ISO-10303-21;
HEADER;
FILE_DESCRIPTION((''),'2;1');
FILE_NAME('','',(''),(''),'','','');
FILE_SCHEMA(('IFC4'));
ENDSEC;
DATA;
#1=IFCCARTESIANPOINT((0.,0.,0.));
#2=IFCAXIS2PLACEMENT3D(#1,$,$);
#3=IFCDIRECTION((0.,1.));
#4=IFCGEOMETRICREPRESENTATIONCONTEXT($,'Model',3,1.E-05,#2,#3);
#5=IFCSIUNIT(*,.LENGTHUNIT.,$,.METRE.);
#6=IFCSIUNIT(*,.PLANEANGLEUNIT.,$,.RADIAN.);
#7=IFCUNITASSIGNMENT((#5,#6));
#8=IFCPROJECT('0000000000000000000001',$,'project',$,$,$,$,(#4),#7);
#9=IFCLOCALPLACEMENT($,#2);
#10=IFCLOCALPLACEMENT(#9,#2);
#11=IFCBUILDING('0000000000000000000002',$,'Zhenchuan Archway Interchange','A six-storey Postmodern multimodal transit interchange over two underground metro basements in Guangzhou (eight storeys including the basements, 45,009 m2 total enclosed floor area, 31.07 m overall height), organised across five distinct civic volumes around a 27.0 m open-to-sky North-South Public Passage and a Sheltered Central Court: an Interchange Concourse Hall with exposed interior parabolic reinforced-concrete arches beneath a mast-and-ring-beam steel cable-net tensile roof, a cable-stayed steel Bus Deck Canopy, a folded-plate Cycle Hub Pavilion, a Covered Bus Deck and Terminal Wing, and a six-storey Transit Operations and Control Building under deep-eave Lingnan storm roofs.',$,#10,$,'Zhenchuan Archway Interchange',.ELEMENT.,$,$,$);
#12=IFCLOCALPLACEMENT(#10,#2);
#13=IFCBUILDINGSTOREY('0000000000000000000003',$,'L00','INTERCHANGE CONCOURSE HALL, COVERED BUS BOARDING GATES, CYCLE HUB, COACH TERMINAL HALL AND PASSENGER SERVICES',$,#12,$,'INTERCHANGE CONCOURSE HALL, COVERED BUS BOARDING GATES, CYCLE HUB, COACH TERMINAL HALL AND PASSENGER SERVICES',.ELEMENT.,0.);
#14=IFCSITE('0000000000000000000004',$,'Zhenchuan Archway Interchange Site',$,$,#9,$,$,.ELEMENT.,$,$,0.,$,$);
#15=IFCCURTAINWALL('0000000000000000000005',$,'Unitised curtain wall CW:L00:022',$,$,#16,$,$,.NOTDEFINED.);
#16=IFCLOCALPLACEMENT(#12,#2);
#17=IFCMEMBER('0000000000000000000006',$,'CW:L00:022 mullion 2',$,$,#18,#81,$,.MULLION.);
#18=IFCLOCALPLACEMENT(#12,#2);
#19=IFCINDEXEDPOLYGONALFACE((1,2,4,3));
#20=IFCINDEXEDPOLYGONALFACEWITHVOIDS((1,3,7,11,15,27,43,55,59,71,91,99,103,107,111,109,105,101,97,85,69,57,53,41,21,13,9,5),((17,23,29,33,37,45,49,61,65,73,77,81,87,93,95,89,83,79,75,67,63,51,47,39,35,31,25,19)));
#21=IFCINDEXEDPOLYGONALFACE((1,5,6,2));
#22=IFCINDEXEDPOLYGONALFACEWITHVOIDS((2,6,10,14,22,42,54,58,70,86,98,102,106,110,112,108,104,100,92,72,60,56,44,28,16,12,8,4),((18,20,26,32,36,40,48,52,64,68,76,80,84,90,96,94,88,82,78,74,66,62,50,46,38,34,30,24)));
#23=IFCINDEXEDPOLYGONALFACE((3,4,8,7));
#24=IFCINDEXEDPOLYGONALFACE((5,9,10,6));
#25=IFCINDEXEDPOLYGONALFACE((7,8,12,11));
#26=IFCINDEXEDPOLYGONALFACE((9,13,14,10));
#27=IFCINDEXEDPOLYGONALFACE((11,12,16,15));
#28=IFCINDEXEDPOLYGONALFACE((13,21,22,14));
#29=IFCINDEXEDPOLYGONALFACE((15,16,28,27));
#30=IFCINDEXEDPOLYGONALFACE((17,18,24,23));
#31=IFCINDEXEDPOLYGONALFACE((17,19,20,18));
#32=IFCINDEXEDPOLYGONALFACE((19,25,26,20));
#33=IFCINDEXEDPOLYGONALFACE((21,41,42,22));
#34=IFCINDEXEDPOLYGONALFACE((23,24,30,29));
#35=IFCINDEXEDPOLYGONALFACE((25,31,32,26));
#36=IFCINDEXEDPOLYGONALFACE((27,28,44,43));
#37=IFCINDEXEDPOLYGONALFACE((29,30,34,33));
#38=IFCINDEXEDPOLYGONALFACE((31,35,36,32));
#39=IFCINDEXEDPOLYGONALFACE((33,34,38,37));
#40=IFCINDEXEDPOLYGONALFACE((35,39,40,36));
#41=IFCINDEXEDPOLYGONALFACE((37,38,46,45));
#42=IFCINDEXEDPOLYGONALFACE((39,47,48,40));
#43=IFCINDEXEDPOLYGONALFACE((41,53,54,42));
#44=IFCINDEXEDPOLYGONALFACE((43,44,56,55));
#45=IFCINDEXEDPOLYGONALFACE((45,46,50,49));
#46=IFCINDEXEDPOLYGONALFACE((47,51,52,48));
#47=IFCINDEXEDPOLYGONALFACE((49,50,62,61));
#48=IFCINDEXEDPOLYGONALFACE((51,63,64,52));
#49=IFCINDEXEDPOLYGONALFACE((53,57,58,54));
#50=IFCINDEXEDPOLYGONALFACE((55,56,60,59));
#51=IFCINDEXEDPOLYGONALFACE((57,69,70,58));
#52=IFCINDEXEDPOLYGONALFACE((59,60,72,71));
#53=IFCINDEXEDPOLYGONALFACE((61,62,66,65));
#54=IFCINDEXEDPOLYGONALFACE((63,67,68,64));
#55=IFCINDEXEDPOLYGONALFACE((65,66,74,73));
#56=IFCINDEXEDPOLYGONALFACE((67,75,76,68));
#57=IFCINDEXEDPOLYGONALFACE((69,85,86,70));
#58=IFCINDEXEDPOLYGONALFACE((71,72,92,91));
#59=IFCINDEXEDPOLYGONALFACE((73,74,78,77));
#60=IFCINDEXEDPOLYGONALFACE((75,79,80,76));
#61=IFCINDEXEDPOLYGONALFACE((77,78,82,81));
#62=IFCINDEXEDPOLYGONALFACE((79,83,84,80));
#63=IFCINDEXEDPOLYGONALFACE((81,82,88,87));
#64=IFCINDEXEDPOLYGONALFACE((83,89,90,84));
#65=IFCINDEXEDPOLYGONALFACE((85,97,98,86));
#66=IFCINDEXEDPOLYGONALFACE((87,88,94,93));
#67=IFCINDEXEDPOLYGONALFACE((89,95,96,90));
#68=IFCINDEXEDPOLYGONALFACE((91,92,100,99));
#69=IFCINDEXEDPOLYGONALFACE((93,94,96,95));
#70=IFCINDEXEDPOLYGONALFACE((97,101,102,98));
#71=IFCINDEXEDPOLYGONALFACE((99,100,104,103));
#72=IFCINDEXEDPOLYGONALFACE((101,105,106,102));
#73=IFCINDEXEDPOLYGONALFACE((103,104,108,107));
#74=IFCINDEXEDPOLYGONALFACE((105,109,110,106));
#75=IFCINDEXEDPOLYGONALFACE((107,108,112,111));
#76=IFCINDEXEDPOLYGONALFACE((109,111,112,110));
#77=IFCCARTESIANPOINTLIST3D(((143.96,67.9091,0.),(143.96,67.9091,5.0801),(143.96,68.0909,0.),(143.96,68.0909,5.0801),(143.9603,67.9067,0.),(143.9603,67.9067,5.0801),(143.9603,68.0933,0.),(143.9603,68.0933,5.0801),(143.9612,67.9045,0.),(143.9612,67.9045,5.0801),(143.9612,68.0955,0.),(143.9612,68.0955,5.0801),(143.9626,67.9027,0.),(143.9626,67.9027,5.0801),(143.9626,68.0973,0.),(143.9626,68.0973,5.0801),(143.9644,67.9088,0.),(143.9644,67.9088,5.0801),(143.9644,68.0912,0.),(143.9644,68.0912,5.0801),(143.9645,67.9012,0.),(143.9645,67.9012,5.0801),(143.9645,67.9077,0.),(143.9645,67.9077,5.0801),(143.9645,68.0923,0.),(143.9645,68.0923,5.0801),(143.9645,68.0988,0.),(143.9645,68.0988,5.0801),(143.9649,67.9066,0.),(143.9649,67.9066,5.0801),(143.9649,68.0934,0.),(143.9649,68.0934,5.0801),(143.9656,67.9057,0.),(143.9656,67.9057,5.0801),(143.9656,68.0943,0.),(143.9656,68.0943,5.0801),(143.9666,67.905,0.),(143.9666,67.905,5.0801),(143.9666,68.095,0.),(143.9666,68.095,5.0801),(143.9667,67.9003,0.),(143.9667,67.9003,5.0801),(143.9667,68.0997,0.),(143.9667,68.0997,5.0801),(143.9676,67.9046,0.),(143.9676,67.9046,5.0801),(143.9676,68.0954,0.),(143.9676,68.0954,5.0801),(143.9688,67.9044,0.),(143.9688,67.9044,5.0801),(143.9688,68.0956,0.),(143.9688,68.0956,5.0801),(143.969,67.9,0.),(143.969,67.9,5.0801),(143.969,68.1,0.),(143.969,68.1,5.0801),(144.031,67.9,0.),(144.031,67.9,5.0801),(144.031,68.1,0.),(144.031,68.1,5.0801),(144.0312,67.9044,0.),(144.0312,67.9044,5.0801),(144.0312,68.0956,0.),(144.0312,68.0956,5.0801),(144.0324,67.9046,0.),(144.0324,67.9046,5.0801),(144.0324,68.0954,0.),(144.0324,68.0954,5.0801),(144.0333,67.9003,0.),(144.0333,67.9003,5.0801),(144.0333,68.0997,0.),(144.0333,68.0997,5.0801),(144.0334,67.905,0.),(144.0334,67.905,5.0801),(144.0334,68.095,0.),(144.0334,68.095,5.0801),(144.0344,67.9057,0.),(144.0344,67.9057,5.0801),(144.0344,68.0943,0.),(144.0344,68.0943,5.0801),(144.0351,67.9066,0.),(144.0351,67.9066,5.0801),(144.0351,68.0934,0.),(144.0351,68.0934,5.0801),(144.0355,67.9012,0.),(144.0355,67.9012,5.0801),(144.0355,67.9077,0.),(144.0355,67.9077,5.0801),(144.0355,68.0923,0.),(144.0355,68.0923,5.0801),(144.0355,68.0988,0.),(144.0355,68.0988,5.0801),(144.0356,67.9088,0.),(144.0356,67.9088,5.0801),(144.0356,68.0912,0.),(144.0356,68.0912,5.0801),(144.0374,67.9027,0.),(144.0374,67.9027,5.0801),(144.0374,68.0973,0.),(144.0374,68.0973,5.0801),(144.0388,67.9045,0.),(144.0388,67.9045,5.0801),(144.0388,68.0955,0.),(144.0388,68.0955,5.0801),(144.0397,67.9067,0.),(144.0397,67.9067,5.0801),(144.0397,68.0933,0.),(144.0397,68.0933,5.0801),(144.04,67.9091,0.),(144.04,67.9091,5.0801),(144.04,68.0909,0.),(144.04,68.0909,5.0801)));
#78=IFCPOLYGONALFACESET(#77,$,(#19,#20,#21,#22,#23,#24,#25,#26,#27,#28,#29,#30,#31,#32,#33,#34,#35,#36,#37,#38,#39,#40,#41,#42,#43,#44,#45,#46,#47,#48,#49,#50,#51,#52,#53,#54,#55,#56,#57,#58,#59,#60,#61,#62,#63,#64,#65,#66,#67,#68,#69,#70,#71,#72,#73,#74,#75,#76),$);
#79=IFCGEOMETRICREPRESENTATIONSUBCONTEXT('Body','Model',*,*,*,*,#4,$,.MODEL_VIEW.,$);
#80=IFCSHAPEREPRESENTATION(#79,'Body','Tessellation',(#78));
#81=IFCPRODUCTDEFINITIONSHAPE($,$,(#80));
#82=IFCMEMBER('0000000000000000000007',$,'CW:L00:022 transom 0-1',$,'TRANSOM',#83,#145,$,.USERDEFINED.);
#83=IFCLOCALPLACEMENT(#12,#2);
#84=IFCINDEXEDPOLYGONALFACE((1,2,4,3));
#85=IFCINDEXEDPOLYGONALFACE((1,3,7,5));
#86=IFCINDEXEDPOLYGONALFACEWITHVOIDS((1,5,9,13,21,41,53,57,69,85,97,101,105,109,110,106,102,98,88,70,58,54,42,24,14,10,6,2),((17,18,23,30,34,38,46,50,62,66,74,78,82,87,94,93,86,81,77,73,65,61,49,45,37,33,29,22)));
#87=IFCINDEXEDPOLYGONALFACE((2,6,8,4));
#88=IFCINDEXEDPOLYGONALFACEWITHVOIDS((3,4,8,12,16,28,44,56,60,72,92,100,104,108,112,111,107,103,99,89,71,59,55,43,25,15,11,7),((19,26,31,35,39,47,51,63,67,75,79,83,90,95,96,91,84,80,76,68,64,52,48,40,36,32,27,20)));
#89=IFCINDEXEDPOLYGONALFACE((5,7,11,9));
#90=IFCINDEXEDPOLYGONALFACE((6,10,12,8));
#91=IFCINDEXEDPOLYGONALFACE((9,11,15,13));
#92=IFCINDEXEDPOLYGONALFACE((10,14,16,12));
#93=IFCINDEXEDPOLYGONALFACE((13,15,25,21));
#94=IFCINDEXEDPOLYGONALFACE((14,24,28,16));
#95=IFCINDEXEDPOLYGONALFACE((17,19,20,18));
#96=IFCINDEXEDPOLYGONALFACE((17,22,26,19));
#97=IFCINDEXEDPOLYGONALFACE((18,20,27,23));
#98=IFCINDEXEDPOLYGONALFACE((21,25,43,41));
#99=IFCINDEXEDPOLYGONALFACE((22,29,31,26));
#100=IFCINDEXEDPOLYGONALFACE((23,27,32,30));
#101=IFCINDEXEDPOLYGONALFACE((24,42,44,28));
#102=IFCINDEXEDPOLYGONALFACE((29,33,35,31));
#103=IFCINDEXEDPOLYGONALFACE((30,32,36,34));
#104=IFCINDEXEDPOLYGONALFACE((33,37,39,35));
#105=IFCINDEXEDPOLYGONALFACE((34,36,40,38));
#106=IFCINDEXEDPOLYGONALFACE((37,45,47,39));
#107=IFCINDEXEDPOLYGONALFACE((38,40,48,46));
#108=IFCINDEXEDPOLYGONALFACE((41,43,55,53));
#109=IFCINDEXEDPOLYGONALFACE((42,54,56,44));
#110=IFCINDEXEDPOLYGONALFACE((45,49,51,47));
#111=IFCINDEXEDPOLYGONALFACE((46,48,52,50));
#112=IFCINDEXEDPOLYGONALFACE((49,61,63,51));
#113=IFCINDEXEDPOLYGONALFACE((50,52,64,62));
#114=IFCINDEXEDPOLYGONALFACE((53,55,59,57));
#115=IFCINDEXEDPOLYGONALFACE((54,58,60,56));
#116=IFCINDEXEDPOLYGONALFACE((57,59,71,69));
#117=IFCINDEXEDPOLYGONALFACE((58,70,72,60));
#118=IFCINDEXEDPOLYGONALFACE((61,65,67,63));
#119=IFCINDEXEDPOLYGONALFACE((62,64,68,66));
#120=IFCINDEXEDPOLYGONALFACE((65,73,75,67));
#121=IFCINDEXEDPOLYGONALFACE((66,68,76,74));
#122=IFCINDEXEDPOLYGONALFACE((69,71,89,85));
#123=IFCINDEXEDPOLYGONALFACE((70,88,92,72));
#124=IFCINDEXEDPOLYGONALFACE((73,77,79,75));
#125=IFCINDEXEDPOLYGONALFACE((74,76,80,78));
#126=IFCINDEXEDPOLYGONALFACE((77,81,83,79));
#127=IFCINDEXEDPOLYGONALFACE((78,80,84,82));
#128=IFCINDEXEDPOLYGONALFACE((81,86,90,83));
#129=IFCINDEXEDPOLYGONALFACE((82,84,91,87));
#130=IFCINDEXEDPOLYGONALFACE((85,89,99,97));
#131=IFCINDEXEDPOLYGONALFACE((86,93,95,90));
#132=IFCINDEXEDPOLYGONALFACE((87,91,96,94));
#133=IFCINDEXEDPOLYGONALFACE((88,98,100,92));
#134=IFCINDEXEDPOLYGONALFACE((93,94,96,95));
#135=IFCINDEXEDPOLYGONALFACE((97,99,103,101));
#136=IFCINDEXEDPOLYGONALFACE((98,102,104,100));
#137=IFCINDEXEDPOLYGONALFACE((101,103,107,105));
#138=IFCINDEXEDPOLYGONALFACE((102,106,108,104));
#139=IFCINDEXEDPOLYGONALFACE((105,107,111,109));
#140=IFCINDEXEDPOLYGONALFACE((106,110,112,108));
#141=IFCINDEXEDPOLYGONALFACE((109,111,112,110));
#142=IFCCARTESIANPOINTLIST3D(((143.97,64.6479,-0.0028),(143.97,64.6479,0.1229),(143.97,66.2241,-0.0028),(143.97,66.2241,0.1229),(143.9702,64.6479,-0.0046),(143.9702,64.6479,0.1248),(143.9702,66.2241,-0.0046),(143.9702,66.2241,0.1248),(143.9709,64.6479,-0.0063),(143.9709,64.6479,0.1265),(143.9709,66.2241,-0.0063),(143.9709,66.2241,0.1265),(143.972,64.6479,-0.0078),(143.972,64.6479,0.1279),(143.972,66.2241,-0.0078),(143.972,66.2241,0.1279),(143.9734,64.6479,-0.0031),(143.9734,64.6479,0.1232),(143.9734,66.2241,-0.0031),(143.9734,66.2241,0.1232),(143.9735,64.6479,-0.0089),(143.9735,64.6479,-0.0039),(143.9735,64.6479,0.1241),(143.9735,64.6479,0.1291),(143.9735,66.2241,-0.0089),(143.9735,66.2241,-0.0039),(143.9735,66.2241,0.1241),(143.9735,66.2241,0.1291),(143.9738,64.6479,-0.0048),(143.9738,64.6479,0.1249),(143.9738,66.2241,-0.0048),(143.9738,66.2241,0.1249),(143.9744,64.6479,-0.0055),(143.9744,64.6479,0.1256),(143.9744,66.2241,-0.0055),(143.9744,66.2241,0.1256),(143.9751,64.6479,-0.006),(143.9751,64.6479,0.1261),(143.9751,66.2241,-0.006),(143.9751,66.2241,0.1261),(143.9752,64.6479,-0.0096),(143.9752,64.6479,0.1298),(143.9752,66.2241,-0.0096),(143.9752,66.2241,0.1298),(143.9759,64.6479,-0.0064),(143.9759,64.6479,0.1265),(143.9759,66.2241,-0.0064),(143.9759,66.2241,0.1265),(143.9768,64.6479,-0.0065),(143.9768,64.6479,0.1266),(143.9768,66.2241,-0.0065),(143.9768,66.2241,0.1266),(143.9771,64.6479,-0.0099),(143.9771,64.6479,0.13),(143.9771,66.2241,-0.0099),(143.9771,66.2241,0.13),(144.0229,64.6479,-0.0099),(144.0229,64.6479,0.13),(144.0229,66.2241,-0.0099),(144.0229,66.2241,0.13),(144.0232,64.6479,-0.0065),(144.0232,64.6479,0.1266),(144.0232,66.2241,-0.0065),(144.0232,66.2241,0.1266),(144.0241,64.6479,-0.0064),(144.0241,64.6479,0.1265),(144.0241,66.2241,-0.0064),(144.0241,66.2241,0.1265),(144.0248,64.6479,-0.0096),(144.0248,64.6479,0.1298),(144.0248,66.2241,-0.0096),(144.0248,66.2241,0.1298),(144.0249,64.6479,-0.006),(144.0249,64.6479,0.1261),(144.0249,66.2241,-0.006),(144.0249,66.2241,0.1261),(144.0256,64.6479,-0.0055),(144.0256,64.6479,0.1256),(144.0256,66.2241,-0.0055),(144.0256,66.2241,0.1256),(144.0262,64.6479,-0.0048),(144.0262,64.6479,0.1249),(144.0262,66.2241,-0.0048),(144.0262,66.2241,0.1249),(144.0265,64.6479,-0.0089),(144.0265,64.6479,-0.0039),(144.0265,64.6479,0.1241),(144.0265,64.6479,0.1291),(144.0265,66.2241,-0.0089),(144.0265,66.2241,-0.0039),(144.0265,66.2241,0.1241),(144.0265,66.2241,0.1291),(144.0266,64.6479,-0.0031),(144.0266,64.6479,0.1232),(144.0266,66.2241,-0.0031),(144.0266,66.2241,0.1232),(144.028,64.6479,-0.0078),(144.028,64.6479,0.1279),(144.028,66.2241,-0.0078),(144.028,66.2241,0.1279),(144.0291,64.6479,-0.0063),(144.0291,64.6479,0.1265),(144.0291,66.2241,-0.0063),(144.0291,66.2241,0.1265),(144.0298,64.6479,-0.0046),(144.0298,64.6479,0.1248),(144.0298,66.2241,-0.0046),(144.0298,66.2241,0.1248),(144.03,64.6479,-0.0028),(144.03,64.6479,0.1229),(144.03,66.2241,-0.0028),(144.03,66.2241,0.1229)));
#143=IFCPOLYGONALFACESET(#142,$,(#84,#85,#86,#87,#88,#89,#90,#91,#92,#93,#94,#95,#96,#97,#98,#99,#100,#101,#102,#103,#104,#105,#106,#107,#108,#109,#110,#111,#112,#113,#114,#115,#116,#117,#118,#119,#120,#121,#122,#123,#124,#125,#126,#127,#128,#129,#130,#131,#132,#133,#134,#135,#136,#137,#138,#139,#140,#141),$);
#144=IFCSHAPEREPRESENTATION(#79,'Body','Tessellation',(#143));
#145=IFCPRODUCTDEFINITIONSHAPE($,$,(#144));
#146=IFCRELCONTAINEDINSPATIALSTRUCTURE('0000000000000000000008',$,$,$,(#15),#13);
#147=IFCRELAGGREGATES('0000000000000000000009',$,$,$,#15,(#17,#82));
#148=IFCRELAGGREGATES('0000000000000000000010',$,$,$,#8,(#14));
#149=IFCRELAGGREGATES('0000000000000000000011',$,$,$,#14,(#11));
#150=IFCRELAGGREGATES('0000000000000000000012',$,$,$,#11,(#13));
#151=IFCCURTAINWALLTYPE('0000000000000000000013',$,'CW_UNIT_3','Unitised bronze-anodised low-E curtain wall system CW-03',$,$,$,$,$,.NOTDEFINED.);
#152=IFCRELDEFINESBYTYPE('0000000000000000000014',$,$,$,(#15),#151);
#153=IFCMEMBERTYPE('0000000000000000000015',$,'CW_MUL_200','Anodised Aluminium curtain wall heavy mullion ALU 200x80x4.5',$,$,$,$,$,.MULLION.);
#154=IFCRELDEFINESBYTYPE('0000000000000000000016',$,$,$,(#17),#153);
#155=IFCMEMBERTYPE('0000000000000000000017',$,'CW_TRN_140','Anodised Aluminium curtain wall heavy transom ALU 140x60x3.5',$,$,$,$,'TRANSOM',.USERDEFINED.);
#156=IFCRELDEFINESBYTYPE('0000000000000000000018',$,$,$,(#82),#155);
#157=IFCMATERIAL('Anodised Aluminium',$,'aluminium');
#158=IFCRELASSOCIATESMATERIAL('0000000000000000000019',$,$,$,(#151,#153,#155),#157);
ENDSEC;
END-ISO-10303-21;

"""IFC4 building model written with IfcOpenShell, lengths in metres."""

from ifc_helpers import new_model, si_unit, direction, frame, origin, origin_2d, place, context, subcontext, project, spatial, hollow_rectangle, extrude, material, material_profile, profile_set, type_object, element, aggregate, save


model = new_model("IFC4")

# Units and contexts
model_context = context("Model", 3, precision=1e-05, world=origin(), true_north=direction((0.0, 1.0)))
body_context = subcontext(model_context, "Body", "Model", "MODEL_VIEW")
ifc_project = project(units=[si_unit("LENGTHUNIT", "METRE"), si_unit("PLANEANGLEUNIT", "RADIAN")], contexts=[model_context])

# Site, building, storey
site_placement = place(None, origin())
site = spatial("IfcSite", under=ifc_project, at=site_placement, Name="Zhenchuan Archway Interchange Site", CompositionType="ELEMENT", RefElevation=0.0)
building_placement = place(site_placement, origin())
building = spatial("IfcBuilding", under=site, at=building_placement, Name="Zhenchuan Archway Interchange", Description="A six-storey Postmodern multimodal transit interchange over two underground metro basements in Guangzhou (eight storeys including the basements, 45,009 m2 total enclosed floor area, 31.07 m overall height), organised across five distinct civic volumes around a 27.0 m open-to-sky North-South Public Passage and a Sheltered Central Court: an Interchange Concourse Hall with exposed interior parabolic reinforced-concrete arches beneath a mast-and-ring-beam steel cable-net tensile roof, a cable-stayed steel Bus Deck Canopy, a folded-plate Cycle Hub Pavilion, a Covered Bus Deck and Terminal Wing, and a six-storey Transit Operations and Control Building under deep-eave Lingnan storm roofs.", LongName="Zhenchuan Archway Interchange", CompositionType="ELEMENT")
storey_placement = place(building_placement, origin())
storey = spatial("IfcBuildingStorey", under=building, at=storey_placement, Name="L00", Description="INTERCHANGE CONCOURSE HALL, COVERED BUS BOARDING GATES, CYCLE HUB, COACH TERMINAL HALL AND PASSENGER SERVICES", LongName="INTERCHANGE CONCOURSE HALL, COVERED BUS BOARDING GATES, CYCLE HUB, COACH TERMINAL HALL AND PASSENGER SERVICES", CompositionType="ELEMENT", Elevation=0.0)

# Curtain wall, members
ifc_material_1 = material(Name="Anodised Aluminium", Category="aluminium")
curtain_wall_type = type_object("IfcCurtainWallType", Name="CW_UNIT_3", Description="Unitised bronze-anodised low-E curtain wall system CW-03", PredefinedType="NOTDEFINED", material=ifc_material_1)
curtain_wall_placement = place(storey_placement, origin())
curtain_wall = element("IfcCurtainWall", 1, at=curtain_wall_placement, inside=storey, type_object=curtain_wall_type, Name="Unitised curtain wall CW:L00:022", PredefinedType="NOTDEFINED")
ifc_material_profile_1 = material_profile(ifc_material_1, hollow_rectangle(XDim=0.0801, YDim=0.2, WallThickness=0.0044, InnerFilletRadius=0.0044, OuterFilletRadius=0.009, at=origin_2d()), Name="ALU 200x80x4.5")
ifc_profile_set_1 = profile_set([ifc_material_profile_1], Name="Anodised Aluminium")
member_type_1 = type_object("IfcMemberType", Name="CW_MUL_200", Description="Anodised Aluminium curtain wall heavy mullion ALU 200x80x4.5", PredefinedType="MULLION", material=ifc_profile_set_1)
member_1_placement = place(storey_placement, frame((144.0, 68.0, 0.0), z_axis=(0.0, 0.0, 1.0), x_axis=(1.0, 0.0, 0.0)))
member_1 = element("IfcMember", 2, at=member_1_placement, type_object=member_type_1, Name="CW:L00:022 mullion 2", PredefinedType="MULLION", context=body_context, shape_type="SweptSolid", body=[
    extrude(hollow_rectangle(XDim=0.0801, YDim=0.2, WallThickness=0.0044, InnerFilletRadius=0.0044, OuterFilletRadius=0.009, at=origin_2d()), origin(), (0.0, 0.0, 1.0), 5.0801),
])
ifc_material_profile_2 = material_profile(ifc_material_1, hollow_rectangle(XDim=0.0601, YDim=0.1399, WallThickness=0.0034, InnerFilletRadius=0.0034, OuterFilletRadius=0.0071, at=origin_2d()), Name="ALU 140x60x3.5")
ifc_profile_set_2 = profile_set([ifc_material_profile_2], Name="Anodised Aluminium")
member_type_2 = type_object("IfcMemberType", Name="CW_TRN_140", Description="Anodised Aluminium curtain wall heavy transom ALU 140x60x3.5", ElementType="TRANSOM", PredefinedType="USERDEFINED", material=ifc_profile_set_2)
member_2_placement = place(storey_placement, frame((144.0, 64.6479, 0.0601), z_axis=(0.0, 1.0, 0.0), x_axis=(-1.0, 0.0, 0.0)))
member_2 = element("IfcMember", 3, at=member_2_placement, type_object=member_type_2, Name="CW:L00:022 transom 0-1", ObjectType="TRANSOM", PredefinedType="USERDEFINED", context=body_context, shape_type="SweptSolid", body=[
    extrude(hollow_rectangle(XDim=0.0601, YDim=0.1399, WallThickness=0.0034, InnerFilletRadius=0.0034, OuterFilletRadius=0.0071, at=origin_2d()), origin(), (0.0, 0.0, 1.0), 1.5762),
])

aggregate(curtain_wall, [member_1, member_2])

save(model, "model.ifc")
